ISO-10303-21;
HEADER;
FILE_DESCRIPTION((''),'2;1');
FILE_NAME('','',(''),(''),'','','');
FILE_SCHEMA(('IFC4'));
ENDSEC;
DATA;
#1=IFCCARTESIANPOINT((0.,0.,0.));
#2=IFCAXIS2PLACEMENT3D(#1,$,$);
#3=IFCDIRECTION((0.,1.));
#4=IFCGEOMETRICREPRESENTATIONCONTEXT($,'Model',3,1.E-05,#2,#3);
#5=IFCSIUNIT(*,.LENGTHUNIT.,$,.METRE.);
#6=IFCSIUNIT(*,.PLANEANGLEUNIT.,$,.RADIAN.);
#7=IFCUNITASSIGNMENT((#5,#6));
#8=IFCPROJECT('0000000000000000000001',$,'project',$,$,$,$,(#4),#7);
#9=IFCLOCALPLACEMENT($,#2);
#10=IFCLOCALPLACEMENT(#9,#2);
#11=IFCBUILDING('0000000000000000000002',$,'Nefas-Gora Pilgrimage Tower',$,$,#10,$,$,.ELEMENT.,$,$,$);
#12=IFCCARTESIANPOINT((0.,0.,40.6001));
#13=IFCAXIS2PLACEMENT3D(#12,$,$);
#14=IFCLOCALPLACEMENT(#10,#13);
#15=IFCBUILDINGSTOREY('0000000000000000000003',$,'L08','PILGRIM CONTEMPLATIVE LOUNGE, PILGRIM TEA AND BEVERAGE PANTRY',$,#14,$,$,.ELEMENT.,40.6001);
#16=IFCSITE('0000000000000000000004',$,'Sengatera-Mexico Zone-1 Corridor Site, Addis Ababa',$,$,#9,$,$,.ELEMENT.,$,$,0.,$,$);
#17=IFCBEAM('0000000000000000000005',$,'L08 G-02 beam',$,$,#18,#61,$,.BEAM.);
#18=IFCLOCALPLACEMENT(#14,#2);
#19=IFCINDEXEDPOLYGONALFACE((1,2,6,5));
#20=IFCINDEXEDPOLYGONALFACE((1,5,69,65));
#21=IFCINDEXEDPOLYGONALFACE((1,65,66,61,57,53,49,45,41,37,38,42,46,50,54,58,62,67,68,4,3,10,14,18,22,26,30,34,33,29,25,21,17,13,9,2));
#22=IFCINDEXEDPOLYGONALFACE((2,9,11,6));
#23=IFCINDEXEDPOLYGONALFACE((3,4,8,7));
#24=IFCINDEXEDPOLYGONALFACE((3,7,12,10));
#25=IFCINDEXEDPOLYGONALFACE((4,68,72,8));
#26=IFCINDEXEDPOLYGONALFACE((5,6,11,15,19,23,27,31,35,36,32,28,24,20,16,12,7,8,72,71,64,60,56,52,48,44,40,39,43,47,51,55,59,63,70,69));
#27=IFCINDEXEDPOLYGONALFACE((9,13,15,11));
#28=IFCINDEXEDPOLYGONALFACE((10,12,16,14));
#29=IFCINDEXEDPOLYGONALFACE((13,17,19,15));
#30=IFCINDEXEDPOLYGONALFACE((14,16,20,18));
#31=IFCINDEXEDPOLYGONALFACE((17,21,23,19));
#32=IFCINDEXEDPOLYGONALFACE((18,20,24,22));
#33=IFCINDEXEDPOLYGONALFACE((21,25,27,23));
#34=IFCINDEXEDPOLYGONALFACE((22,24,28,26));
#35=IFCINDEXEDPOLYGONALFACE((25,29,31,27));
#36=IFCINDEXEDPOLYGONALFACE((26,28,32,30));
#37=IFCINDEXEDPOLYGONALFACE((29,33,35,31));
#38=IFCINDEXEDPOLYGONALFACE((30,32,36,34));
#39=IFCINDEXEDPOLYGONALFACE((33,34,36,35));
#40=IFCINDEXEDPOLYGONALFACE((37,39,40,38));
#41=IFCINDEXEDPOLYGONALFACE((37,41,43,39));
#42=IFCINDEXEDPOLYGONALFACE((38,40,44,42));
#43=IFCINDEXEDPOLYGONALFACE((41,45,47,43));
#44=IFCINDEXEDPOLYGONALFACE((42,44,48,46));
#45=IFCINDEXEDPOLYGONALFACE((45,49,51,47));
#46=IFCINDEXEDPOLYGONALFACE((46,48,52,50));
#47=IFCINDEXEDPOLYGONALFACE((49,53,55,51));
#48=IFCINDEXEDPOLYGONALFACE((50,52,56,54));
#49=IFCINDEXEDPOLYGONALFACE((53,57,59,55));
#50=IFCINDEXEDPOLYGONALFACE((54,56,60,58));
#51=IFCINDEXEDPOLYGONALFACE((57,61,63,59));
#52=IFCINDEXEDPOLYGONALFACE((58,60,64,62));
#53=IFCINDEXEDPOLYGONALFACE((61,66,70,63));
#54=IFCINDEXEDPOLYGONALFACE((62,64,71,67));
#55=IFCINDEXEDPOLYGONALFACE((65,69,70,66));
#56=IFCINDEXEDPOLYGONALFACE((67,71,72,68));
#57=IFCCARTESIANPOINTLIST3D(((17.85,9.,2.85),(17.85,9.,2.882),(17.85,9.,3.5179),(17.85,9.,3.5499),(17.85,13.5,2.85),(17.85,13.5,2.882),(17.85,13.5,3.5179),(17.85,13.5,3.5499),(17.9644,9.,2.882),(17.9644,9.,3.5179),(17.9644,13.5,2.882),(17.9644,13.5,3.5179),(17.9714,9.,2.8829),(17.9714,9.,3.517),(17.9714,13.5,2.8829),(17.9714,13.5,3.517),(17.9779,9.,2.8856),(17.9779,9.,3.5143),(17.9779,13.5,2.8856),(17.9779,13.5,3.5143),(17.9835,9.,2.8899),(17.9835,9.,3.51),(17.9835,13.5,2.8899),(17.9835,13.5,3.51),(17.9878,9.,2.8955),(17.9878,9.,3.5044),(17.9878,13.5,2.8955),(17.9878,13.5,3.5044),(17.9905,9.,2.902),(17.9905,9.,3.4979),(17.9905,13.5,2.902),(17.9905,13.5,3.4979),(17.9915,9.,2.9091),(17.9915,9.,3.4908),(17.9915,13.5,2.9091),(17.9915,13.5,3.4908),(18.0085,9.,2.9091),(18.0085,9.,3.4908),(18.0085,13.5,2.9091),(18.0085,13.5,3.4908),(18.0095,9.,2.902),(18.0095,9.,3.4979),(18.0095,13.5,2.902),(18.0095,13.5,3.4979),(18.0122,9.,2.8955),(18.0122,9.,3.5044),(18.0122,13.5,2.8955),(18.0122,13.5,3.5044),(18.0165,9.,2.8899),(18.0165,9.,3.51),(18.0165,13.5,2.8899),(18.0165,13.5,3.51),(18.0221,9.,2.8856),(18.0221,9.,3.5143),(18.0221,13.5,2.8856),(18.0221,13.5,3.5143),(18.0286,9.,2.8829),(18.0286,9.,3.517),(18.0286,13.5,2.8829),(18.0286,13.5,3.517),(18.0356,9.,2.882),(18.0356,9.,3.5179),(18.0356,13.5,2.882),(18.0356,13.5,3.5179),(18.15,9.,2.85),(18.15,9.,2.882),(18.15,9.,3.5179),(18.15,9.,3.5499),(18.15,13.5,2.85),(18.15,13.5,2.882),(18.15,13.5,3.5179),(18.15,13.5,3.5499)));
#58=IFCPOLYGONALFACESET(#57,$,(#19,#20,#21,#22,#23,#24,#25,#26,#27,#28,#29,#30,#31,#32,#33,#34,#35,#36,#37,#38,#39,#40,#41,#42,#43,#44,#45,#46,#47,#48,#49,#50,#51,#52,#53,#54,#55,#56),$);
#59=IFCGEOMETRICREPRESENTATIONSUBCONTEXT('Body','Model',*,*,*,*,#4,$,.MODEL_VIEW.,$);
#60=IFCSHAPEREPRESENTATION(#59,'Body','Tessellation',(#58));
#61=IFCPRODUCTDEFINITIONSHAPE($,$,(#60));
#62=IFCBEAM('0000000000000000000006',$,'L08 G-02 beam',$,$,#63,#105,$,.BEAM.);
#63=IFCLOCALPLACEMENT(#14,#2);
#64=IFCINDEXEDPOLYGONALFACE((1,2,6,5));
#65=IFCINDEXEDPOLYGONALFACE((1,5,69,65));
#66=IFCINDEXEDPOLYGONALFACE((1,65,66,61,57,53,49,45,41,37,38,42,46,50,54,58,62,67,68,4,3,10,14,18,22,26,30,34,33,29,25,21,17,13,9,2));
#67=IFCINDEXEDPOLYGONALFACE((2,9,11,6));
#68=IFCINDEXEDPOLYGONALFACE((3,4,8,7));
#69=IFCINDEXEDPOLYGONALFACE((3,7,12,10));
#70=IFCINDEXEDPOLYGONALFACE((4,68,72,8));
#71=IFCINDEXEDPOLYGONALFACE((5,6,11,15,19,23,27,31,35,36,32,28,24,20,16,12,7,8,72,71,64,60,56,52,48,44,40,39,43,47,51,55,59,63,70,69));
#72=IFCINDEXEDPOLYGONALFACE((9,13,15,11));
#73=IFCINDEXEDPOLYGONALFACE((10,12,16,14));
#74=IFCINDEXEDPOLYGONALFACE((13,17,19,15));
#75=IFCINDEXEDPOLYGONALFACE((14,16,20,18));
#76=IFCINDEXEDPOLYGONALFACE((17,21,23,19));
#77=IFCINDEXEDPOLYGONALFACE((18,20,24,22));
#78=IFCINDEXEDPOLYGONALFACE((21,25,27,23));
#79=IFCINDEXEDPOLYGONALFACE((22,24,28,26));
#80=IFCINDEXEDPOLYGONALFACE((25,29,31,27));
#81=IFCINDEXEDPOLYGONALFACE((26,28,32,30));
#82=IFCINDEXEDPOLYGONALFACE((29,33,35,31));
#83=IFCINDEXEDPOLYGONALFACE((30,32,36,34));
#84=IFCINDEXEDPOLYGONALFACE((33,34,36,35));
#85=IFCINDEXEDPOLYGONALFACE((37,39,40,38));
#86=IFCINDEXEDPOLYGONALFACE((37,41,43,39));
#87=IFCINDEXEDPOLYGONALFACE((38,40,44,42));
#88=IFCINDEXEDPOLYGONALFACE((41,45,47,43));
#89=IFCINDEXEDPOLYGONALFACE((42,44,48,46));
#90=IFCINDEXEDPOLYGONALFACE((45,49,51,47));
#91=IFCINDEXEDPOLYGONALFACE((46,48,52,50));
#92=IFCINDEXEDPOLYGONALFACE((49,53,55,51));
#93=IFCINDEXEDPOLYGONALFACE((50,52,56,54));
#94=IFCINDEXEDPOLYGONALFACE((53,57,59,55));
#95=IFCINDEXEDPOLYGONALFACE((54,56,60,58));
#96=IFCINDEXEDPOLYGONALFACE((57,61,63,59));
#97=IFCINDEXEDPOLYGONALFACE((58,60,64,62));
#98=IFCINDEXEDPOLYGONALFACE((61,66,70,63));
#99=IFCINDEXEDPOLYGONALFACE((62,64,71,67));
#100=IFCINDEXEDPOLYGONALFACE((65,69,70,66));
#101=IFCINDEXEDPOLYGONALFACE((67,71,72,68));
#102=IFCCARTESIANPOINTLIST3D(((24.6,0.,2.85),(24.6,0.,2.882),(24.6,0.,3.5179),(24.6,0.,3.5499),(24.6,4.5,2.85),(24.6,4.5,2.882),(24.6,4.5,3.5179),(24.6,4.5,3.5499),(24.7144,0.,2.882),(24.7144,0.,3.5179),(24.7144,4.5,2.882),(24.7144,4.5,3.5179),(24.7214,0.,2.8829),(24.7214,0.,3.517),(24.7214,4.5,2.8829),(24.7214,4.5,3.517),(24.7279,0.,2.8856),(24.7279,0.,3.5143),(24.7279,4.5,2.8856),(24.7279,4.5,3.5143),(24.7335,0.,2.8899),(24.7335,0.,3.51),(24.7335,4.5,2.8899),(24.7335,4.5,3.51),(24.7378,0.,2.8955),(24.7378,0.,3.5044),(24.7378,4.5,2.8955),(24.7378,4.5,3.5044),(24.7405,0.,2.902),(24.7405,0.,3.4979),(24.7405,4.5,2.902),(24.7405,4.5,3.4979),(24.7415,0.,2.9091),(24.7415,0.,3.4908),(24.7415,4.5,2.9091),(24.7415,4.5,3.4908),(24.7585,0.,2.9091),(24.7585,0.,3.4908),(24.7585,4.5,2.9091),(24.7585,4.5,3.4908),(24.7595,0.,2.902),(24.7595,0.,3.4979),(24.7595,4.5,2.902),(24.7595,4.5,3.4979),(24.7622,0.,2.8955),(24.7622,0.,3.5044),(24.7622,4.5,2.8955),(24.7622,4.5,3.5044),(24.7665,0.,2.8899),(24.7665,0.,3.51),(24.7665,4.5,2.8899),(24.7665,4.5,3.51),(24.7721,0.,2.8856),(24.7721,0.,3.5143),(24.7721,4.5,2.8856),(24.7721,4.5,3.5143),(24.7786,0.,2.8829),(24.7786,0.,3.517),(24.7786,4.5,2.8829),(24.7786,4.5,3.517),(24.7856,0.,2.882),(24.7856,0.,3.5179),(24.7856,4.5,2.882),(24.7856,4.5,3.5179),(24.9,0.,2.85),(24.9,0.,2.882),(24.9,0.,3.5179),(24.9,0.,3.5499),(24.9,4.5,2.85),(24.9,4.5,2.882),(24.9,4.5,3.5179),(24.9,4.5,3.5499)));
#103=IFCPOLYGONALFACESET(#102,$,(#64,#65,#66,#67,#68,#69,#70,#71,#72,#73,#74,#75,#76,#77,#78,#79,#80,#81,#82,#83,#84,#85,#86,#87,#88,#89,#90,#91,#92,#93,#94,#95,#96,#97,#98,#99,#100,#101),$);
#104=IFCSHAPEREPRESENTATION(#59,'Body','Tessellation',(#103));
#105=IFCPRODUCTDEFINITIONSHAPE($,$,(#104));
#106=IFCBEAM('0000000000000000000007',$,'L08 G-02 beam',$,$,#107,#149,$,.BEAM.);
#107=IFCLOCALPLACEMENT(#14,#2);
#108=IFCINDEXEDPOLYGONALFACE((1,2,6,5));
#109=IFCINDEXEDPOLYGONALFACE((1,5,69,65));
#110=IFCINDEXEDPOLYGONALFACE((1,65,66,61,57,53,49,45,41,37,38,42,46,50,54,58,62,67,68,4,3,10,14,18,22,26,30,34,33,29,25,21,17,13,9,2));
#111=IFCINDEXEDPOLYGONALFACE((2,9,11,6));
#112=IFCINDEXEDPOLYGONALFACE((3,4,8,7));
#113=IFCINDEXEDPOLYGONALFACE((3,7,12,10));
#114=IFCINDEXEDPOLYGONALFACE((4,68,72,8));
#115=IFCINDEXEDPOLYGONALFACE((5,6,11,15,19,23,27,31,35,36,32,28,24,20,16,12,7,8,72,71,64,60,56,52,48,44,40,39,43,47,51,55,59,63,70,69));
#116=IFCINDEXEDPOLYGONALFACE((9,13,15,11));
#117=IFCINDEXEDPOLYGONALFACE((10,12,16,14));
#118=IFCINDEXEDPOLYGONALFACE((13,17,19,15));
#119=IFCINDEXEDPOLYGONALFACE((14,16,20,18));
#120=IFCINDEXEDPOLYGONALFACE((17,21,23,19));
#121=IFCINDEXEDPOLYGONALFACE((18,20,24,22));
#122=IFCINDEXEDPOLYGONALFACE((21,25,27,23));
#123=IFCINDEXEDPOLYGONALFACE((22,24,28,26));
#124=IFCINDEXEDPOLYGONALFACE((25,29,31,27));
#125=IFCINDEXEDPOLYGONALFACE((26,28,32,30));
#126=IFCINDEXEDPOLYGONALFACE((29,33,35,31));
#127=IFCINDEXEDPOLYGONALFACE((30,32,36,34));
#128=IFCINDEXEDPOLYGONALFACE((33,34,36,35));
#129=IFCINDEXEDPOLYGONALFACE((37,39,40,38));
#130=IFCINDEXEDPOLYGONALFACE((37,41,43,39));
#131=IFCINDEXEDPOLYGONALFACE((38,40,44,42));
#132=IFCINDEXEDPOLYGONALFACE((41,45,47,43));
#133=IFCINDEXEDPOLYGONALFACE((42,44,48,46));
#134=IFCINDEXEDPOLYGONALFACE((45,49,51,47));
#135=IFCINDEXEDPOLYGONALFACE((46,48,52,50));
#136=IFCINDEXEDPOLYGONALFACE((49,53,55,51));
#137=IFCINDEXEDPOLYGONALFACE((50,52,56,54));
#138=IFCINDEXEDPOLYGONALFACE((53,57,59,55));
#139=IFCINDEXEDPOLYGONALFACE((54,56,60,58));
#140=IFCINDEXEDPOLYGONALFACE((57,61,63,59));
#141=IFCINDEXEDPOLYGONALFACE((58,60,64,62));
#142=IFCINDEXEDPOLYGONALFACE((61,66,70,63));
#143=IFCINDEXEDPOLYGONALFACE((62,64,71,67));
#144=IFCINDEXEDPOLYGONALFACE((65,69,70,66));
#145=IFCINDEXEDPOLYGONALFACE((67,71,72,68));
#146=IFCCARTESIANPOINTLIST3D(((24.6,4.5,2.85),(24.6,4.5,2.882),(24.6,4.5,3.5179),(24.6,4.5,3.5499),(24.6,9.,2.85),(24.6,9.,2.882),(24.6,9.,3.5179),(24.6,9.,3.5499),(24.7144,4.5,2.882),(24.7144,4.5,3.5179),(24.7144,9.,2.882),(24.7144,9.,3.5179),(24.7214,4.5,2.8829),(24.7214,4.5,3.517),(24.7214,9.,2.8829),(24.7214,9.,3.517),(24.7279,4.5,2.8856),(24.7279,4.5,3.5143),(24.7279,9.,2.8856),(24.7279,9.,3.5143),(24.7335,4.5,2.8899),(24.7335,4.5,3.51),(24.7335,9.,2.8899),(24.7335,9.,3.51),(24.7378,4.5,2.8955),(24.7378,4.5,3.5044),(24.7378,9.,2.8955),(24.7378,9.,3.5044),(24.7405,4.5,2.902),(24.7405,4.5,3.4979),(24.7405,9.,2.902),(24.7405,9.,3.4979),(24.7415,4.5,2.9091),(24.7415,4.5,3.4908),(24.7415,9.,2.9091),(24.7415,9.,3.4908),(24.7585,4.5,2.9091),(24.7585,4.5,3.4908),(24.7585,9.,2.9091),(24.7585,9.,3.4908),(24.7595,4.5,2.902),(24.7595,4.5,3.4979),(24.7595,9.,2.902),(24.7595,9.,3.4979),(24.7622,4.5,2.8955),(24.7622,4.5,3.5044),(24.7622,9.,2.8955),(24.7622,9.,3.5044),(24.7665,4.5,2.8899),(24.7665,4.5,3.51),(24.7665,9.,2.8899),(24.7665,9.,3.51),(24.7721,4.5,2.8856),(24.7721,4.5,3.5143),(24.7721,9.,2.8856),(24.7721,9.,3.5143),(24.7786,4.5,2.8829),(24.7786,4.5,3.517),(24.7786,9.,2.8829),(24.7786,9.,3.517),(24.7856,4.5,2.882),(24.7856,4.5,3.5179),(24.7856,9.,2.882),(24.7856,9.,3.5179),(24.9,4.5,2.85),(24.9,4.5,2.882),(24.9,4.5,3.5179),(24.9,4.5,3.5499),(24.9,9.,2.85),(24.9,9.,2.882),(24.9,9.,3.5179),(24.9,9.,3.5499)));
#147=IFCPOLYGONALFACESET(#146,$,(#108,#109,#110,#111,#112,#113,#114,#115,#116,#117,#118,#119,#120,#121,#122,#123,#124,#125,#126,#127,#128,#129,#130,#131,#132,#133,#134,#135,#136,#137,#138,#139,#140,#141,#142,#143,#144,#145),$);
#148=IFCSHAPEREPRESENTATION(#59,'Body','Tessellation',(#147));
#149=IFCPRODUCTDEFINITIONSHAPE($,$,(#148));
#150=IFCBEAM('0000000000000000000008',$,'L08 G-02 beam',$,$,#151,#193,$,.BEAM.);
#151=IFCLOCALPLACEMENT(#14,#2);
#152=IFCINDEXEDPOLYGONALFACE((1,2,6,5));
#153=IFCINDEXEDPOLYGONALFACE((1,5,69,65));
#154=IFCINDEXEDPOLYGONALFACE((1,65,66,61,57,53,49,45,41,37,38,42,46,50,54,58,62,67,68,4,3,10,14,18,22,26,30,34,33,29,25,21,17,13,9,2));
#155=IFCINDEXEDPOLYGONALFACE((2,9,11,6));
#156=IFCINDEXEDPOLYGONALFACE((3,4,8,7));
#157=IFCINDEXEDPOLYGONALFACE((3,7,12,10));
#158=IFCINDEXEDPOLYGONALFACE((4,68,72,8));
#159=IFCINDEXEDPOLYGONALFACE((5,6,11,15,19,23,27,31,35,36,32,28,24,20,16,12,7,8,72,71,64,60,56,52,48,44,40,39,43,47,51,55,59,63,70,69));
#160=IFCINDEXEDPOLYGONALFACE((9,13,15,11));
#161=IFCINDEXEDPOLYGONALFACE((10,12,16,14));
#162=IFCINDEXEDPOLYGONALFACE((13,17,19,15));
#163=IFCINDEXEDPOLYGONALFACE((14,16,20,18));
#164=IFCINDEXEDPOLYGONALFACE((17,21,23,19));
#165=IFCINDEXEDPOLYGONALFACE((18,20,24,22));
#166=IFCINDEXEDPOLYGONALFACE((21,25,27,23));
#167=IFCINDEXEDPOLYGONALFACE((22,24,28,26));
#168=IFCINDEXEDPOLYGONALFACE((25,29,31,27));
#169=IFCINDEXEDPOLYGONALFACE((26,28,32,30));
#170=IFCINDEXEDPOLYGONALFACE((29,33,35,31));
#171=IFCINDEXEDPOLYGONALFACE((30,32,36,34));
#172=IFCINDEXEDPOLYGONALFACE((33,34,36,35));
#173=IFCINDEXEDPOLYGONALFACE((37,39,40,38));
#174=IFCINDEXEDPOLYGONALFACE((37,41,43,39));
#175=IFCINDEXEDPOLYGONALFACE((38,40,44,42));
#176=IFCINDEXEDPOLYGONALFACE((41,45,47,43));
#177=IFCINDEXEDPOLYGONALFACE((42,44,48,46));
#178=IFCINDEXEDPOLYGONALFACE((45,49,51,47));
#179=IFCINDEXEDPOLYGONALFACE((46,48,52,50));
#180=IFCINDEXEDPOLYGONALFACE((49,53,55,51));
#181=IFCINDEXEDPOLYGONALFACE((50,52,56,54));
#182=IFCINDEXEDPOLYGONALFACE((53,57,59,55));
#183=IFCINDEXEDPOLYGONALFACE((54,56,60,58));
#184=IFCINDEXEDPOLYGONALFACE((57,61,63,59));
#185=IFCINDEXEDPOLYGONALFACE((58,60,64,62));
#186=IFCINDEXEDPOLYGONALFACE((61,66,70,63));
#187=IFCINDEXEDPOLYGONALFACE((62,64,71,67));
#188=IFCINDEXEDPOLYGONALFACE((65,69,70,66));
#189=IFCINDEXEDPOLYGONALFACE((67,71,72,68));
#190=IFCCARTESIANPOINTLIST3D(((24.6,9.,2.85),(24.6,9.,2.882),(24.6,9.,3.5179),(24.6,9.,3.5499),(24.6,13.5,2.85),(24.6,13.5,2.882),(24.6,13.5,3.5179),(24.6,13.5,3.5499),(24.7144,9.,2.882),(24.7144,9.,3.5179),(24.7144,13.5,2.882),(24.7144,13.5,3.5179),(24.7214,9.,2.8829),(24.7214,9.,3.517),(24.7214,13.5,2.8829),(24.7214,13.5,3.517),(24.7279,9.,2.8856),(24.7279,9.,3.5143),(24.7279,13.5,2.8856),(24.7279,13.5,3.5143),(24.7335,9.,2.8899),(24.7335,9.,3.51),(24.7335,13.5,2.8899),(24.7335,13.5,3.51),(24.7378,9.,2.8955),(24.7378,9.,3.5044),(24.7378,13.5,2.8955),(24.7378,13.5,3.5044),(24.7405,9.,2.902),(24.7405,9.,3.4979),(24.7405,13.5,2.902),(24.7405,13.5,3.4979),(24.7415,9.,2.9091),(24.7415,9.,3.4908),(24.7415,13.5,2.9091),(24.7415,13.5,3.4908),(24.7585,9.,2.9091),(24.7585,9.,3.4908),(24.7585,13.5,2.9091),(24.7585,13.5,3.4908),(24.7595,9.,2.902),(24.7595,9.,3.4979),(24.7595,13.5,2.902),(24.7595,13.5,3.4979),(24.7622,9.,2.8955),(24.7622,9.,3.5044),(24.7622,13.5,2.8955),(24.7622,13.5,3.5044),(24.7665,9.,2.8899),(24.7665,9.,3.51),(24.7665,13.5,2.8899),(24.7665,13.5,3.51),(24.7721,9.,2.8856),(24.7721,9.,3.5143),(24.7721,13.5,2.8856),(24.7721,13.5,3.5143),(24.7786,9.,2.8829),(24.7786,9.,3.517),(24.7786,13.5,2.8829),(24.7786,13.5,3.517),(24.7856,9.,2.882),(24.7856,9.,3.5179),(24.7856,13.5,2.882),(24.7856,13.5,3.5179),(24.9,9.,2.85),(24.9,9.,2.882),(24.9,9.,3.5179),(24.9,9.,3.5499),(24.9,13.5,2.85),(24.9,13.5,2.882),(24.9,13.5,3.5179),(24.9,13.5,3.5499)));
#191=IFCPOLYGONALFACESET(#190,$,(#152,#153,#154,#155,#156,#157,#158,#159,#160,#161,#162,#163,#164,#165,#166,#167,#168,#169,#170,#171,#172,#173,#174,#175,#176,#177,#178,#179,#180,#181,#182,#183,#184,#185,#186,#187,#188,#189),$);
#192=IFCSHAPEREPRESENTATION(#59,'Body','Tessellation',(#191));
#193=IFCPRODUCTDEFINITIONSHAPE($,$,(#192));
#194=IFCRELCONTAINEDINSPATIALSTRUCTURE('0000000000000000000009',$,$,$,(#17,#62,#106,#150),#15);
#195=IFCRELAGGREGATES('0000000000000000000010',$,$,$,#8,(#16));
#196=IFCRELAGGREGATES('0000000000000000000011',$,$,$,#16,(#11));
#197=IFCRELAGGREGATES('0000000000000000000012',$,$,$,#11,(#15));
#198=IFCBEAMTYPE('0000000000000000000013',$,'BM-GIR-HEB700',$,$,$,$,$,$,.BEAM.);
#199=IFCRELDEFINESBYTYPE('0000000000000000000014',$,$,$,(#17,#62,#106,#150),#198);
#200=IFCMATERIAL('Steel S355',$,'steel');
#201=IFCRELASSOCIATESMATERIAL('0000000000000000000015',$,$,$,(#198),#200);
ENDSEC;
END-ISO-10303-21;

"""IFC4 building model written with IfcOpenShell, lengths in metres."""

from ifc_helpers import new_model, si_unit, direction, frame, origin, origin_2d, place, context, subcontext, project, spatial, i_section, extrude, source, transform, mapped, material, material_profile, profile_set, type_object, element, save


model = new_model("IFC4")

# Units and contexts
model_context = context("Model", 3, precision=1e-05, world=origin(), true_north=direction((0.0, 1.0)))
body_context = subcontext(model_context, "Body", "Model", "MODEL_VIEW")
ifc_project = project(units=[si_unit("LENGTHUNIT", "METRE"), si_unit("PLANEANGLEUNIT", "RADIAN")], contexts=[model_context])

# Site, building, storey
site_placement = place(None, origin())
site = spatial("IfcSite", under=ifc_project, at=site_placement, Name="Sengatera-Mexico Zone-1 Corridor Site, Addis Ababa", CompositionType="ELEMENT", RefElevation=0.0)
building_placement = place(site_placement, origin())
building = spatial("IfcBuilding", under=site, at=building_placement, Name="Nefas-Gora Pilgrimage Tower", CompositionType="ELEMENT")
storey_placement = place(building_placement, frame((0.0, 0.0, 40.6001)))
storey = spatial("IfcBuildingStorey", under=building, at=storey_placement, Name="L08", Description="PILGRIM CONTEMPLATIVE LOUNGE, PILGRIM TEA AND BEVERAGE PANTRY", CompositionType="ELEMENT", Elevation=40.6001)

# Beams
ifc_material_1 = material(Name="Steel S355", Category="steel")
ifc_material_profile_1 = material_profile(ifc_material_1, i_section(OverallWidth=0.3, OverallDepth=0.7, WebThickness=0.0171, FlangeThickness=0.032, FilletRadius=0.0271, at=origin_2d()), Name="HEB 700")
ifc_profile_set_1 = profile_set([ifc_material_profile_1], Name="Steel S355")
beam_type_1 = type_object("IfcBeamType", Name="BM-GIR-HEB700", PredefinedType="BEAM", material=ifc_profile_set_1)
shared_shape_1 = source(origin(), body_context, "Body", "SweptSolid", [
    extrude(i_section(OverallWidth=0.3, OverallDepth=0.7, WebThickness=0.0171, FlangeThickness=0.032, FilletRadius=0.0271, at=origin_2d()), origin(), (0.0, 0.0, 1.0), 4.5),
])
for number, where, z_axis, x_axis, name in (
    (1, (18.0, 9.0, 3.2), (0.0, 1.0, 0.0), (-1.0, 0.0, 0.0), "L08 G-02 beam"),
    (2, (24.75, 0.0, 3.2), (0.0, 1.0, 0.0), (-1.0, 0.0, 0.0), "L08 G-02 beam"),
    (3, (24.75, 4.5, 3.2), (0.0, 1.0, 0.0), (-1.0, 0.0, 0.0), "L08 G-02 beam"),
    (4, (24.75, 9.0, 3.2), (0.0, 1.0, 0.0), (-1.0, 0.0, 0.0), "L08 G-02 beam"),
):
    element("IfcBeam", number, at=place(storey_placement, frame(where, z_axis=z_axis, x_axis=x_axis)), inside=storey, type_object=beam_type_1, Name=name, PredefinedType="BEAM", context=body_context, shape_type="MappedRepresentation", body=[
        mapped(shared_shape_1, transform((0.0, 0.0, 0.0), x_axis=(1.0, 0.0, 0.0), y_axis=(0.0, 1.0, 0.0), z_axis=(0.0, 0.0, 1.0), scale=1.0)),
    ])

save(model, "model.ifc")
